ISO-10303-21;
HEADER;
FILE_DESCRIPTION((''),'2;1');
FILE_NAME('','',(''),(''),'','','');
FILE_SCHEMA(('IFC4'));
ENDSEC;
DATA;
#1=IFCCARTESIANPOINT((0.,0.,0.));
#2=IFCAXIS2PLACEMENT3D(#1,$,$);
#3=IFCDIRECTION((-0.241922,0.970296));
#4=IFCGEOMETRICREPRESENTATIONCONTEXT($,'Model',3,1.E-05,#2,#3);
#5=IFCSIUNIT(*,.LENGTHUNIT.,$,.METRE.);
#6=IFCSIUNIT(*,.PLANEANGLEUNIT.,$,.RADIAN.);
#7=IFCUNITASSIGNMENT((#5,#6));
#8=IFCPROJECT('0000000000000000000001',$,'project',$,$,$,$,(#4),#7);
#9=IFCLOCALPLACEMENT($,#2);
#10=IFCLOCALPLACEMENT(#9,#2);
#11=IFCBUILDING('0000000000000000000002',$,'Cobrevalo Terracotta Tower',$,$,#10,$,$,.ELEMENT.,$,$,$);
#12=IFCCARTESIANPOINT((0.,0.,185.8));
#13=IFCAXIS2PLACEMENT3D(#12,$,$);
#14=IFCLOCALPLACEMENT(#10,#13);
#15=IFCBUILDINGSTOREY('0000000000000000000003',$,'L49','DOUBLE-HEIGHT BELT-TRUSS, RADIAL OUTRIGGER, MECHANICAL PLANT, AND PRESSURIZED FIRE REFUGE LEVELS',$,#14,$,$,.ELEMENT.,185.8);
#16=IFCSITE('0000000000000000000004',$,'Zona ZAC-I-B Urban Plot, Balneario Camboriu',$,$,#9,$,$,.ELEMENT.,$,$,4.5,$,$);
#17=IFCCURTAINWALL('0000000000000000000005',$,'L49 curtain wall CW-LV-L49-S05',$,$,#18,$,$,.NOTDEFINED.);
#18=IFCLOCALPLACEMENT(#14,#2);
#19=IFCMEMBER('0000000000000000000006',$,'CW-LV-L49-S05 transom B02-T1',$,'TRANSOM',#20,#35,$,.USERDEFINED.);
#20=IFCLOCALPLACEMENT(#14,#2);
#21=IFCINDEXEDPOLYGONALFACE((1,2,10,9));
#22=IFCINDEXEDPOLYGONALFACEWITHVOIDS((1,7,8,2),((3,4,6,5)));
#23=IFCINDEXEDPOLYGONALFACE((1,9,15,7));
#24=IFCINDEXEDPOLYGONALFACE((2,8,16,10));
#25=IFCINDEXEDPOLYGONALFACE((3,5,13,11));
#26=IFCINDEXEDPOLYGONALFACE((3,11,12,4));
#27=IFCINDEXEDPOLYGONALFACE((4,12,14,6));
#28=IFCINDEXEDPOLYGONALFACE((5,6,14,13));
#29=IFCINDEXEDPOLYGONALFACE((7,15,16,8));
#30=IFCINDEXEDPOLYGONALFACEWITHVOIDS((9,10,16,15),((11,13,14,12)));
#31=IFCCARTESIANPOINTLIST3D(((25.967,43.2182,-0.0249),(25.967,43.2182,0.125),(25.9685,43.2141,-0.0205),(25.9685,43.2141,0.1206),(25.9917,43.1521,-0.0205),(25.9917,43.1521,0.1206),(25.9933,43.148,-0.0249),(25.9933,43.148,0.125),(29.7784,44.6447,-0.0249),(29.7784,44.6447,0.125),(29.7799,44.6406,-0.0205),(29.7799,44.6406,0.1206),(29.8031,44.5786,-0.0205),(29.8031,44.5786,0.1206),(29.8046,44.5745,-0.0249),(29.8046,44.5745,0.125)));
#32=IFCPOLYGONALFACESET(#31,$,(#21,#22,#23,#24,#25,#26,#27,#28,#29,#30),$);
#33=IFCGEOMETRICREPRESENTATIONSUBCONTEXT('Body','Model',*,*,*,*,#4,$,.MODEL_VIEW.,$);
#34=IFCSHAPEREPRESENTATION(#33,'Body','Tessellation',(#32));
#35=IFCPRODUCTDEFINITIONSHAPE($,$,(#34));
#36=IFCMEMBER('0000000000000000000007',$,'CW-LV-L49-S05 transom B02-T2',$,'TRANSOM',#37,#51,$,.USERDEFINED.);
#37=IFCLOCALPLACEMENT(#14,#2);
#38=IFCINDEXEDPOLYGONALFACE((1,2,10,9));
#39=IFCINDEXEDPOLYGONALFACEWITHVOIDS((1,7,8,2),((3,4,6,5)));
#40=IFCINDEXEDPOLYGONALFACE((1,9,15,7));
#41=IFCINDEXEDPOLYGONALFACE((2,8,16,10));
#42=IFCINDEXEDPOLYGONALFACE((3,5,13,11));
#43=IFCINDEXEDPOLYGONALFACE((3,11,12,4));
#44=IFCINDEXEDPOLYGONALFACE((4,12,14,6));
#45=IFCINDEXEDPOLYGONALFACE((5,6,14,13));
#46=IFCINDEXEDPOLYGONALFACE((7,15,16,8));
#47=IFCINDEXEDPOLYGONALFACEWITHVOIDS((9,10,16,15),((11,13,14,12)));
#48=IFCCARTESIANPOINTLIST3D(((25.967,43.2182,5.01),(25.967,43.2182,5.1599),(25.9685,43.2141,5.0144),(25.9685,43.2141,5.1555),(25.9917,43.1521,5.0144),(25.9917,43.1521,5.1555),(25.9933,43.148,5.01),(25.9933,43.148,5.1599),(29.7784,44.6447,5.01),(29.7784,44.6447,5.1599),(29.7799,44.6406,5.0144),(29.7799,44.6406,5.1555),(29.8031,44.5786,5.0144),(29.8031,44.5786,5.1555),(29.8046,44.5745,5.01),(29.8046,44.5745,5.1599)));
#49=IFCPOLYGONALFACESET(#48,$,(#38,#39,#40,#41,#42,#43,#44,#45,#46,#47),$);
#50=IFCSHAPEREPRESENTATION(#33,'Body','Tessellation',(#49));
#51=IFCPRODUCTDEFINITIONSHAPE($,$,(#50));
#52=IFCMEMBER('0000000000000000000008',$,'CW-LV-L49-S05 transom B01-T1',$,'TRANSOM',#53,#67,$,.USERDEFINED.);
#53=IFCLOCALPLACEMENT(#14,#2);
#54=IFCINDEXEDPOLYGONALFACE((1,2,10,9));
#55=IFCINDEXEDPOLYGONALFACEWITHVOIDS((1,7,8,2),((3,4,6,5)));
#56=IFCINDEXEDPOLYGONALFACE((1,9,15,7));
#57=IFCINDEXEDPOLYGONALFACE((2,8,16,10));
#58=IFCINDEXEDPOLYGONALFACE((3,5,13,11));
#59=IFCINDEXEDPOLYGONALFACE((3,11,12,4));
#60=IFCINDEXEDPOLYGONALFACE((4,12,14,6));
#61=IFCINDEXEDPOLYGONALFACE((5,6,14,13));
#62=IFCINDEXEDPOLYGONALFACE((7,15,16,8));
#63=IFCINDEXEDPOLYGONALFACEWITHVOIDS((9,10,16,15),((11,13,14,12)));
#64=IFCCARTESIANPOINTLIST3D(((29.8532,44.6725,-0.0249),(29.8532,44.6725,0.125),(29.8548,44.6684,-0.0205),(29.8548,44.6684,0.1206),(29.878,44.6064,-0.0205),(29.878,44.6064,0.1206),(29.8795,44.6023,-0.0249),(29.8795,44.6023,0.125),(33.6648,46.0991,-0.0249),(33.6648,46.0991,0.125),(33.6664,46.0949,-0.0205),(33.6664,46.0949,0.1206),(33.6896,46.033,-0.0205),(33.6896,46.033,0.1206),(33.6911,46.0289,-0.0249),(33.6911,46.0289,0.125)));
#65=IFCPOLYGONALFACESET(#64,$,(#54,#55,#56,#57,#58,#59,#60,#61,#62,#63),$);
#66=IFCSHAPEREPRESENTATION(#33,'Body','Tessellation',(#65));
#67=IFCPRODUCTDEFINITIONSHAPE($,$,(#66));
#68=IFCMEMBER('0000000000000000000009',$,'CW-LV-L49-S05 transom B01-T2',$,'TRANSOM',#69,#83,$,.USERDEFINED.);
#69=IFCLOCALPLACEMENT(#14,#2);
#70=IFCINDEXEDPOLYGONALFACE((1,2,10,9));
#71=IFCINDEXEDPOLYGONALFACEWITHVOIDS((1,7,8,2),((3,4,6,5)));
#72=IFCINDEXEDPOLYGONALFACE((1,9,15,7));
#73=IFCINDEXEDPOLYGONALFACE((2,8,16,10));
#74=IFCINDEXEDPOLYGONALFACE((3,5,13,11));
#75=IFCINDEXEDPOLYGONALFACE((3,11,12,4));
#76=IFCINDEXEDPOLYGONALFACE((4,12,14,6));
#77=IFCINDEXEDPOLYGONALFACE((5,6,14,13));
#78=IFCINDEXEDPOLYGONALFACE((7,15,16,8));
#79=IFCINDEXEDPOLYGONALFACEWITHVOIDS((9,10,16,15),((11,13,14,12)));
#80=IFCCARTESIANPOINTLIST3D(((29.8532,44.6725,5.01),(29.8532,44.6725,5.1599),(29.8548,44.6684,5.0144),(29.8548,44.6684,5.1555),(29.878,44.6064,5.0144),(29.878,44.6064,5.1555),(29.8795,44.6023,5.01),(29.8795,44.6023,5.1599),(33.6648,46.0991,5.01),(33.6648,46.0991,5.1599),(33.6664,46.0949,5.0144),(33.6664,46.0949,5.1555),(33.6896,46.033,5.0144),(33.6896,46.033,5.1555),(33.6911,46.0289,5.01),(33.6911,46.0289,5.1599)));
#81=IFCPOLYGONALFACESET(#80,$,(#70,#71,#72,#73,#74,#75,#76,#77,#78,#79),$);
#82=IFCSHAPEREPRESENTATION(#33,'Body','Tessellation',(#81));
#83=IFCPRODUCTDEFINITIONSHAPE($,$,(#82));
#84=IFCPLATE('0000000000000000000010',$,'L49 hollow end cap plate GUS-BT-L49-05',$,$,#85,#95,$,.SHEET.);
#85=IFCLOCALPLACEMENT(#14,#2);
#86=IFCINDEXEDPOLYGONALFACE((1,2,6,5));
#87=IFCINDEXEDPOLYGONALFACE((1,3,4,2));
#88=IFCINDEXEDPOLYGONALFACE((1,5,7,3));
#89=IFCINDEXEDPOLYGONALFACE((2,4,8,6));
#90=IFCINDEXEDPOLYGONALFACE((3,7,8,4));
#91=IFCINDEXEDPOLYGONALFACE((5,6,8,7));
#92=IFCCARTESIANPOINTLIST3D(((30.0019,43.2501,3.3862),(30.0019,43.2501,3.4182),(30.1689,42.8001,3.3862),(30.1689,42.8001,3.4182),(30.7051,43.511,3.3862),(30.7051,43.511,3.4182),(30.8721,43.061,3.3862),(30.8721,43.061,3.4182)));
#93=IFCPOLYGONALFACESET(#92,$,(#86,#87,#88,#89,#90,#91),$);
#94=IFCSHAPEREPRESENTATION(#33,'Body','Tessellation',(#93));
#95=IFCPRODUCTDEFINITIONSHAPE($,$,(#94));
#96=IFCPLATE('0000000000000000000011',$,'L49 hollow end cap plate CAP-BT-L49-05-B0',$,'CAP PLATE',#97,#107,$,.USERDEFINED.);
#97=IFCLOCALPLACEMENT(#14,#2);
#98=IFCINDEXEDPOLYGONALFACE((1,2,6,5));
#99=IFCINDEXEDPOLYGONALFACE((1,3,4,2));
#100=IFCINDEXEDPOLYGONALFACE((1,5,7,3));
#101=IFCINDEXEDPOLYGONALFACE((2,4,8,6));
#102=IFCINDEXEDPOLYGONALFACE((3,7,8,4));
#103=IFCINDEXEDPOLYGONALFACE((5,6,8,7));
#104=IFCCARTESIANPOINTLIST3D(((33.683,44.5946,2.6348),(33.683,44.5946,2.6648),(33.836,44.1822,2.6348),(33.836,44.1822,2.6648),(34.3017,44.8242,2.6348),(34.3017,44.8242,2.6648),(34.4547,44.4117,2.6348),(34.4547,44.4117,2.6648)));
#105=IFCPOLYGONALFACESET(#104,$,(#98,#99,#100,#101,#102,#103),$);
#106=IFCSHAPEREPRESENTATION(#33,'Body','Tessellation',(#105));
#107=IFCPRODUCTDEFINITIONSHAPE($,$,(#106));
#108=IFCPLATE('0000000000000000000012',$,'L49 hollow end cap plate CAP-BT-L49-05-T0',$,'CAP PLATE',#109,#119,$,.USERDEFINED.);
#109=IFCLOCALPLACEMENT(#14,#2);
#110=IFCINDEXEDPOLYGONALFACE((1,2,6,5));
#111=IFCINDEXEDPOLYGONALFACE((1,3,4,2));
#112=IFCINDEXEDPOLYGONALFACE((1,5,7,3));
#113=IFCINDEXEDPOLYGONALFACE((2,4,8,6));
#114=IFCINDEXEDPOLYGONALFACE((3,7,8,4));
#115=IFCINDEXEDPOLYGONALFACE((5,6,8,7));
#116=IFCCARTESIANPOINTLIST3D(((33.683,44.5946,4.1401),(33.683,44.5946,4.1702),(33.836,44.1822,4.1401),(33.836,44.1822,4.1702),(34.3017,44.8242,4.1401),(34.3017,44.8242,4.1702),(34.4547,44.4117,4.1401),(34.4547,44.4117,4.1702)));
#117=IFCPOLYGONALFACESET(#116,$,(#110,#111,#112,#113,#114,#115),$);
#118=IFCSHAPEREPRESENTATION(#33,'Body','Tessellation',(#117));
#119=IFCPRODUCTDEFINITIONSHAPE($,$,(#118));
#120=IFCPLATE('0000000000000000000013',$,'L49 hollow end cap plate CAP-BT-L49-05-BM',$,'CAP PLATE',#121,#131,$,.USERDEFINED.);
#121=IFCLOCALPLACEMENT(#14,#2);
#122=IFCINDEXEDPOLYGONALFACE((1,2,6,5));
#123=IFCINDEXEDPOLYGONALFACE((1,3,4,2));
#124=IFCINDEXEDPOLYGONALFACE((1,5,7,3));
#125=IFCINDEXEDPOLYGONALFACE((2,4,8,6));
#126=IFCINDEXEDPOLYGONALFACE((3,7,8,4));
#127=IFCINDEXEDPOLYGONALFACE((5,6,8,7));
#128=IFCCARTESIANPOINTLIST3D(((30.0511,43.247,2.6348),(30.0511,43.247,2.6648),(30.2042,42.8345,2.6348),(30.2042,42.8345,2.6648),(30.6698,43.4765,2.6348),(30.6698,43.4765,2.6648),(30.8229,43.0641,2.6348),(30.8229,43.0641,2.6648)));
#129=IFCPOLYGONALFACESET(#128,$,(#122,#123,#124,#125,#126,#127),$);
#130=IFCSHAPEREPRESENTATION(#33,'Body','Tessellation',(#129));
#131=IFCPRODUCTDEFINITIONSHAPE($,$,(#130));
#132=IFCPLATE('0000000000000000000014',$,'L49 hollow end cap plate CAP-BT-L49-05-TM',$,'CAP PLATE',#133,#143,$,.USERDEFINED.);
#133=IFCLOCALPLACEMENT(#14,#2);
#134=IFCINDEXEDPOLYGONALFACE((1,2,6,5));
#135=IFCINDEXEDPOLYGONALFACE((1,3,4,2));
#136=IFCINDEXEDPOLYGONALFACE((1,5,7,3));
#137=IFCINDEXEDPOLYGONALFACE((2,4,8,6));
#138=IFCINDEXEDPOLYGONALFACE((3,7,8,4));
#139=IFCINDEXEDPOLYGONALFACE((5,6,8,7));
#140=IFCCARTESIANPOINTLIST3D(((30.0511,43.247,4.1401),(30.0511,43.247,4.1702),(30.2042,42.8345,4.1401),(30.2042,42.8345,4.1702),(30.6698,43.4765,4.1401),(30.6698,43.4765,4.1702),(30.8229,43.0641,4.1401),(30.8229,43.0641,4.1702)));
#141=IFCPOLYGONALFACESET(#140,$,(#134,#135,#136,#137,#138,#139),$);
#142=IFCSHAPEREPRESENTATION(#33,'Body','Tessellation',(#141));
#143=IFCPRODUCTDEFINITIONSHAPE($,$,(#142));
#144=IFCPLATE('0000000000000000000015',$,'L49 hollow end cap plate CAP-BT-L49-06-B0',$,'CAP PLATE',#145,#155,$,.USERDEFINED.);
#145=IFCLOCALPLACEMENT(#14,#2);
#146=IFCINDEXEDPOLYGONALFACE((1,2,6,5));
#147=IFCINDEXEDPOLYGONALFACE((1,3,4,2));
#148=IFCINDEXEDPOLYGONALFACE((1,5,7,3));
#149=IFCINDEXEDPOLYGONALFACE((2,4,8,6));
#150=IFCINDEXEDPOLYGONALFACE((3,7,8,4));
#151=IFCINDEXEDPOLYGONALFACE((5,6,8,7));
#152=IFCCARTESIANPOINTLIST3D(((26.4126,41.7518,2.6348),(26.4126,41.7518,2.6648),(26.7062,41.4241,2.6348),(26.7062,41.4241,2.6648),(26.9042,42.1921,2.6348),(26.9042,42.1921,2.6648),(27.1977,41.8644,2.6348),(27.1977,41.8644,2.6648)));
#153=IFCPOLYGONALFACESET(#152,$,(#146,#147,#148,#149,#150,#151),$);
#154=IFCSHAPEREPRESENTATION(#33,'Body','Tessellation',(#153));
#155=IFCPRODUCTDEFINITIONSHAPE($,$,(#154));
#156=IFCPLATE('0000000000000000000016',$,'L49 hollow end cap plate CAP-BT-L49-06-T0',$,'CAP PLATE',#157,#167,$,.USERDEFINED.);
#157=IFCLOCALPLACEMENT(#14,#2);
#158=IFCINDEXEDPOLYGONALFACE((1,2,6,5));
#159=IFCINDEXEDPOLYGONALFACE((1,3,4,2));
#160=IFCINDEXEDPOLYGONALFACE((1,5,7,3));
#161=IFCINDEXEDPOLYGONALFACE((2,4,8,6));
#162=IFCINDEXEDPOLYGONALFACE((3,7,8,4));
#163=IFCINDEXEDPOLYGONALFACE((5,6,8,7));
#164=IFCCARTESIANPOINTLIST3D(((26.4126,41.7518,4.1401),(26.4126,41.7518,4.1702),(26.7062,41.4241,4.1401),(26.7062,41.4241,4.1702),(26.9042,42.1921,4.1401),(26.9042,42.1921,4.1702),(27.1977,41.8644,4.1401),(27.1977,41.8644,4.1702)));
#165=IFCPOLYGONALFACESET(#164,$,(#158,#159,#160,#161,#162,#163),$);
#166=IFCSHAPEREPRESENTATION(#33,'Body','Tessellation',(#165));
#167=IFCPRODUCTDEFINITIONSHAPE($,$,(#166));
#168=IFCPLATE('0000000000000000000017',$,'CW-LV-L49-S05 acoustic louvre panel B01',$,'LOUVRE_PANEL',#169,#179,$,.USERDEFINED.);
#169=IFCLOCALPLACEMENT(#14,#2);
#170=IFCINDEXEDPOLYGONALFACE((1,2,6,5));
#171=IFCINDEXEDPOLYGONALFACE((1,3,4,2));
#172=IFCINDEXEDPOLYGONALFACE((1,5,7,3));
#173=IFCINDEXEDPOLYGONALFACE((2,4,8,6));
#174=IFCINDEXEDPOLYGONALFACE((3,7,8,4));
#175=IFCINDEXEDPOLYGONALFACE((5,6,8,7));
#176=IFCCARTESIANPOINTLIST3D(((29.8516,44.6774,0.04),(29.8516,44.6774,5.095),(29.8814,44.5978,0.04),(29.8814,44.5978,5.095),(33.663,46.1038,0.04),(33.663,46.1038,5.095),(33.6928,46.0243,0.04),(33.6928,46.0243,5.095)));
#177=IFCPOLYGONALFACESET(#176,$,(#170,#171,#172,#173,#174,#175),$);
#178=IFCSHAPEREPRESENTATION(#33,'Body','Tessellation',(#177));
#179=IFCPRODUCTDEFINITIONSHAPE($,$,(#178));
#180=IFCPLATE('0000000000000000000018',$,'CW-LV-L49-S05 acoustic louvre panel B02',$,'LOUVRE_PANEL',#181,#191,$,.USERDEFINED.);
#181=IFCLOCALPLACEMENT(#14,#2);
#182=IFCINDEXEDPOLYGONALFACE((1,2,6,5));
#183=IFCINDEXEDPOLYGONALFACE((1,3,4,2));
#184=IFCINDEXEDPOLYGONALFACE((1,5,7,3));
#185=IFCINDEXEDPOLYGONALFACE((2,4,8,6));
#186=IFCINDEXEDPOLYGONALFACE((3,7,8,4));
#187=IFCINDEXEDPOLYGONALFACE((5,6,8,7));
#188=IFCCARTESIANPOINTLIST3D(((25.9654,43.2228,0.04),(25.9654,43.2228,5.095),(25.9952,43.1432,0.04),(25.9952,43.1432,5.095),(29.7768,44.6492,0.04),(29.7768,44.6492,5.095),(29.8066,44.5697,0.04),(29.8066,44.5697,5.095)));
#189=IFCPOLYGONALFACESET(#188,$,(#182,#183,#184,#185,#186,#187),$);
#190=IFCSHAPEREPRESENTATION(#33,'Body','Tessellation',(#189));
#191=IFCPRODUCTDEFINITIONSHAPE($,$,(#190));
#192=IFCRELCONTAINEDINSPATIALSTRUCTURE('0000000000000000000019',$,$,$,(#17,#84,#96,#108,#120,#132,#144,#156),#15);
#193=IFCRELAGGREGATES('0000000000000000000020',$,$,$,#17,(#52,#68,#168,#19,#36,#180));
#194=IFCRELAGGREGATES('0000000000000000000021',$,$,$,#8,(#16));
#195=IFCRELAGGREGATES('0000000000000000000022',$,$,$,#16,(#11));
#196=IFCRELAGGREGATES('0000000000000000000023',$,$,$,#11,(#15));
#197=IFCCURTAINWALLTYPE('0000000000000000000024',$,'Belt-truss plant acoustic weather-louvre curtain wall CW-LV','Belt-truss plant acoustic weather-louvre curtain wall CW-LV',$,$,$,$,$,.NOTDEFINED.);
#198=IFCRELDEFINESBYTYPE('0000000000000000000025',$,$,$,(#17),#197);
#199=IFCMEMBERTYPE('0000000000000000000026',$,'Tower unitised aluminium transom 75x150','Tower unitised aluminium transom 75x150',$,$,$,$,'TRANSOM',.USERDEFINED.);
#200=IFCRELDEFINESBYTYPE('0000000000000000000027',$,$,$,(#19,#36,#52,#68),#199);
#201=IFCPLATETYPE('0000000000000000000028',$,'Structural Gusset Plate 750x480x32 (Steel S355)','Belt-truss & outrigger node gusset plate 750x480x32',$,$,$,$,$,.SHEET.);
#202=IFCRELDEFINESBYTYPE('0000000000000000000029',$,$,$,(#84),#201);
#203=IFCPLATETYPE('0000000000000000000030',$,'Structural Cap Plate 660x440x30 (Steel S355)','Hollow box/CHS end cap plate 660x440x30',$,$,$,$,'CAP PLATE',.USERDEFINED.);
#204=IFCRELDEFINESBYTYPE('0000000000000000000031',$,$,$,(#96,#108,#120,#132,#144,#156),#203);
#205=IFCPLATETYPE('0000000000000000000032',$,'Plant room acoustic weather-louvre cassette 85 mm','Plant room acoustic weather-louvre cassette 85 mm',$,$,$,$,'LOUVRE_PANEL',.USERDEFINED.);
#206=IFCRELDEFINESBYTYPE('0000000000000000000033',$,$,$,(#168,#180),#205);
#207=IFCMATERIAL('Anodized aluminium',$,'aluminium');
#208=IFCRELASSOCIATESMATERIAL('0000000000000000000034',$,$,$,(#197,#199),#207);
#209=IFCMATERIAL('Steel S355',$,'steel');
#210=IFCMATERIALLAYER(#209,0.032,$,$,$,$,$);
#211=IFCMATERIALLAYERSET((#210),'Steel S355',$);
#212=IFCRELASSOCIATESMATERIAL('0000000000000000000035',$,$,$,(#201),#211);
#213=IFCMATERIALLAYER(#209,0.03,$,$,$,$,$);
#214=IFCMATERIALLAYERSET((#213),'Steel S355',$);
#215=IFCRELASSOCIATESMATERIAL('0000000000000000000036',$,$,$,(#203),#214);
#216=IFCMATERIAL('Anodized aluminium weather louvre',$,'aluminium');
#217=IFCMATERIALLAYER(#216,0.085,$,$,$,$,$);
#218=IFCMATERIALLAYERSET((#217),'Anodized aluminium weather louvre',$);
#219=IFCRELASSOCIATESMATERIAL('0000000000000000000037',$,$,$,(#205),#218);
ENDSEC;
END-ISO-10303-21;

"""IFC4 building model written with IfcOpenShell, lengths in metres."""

from ifc_helpers import new_model, si_unit, direction, frame, origin, origin_2d, place, context, subcontext, project, spatial, rectangle, hollow_rectangle, extrude, source, transform, mapped, material, layer, layer_set, material_profile, profile_set, type_object, element, aggregate, save


model = new_model("IFC4")

# Units and contexts
model_context = context("Model", 3, precision=1e-05, world=origin(), true_north=direction((-0.241922, 0.970296)))
body_context = subcontext(model_context, "Body", "Model", "MODEL_VIEW")
ifc_project = project(units=[si_unit("LENGTHUNIT", "METRE"), si_unit("PLANEANGLEUNIT", "RADIAN")], contexts=[model_context])

# Site, building, storey
site_placement = place(None, origin())
site = spatial("IfcSite", under=ifc_project, at=site_placement, Name="Zona ZAC-I-B Urban Plot, Balneario Camboriu", CompositionType="ELEMENT", RefElevation=4.5)
building_placement = place(site_placement, origin())
building = spatial("IfcBuilding", under=site, at=building_placement, Name="Cobrevalo Terracotta Tower", CompositionType="ELEMENT")
storey_placement = place(building_placement, frame((0.0, 0.0, 185.8)))
storey = spatial("IfcBuildingStorey", under=building, at=storey_placement, Name="L49", Description="DOUBLE-HEIGHT BELT-TRUSS, RADIAL OUTRIGGER, MECHANICAL PLANT, AND PRESSURIZED FIRE REFUGE LEVELS", CompositionType="ELEMENT", Elevation=185.8)

# Shared definitions
ifc_material_1 = material(Name="Steel S355", Category="steel")

# Shared definitions
ifc_material_2 = material(Name="Anodized aluminium", Category="aluminium")
curtain_wall_type = type_object("IfcCurtainWallType", Name="Belt-truss plant acoustic weather-louvre curtain wall CW-LV", Description="Belt-truss plant acoustic weather-louvre curtain wall CW-LV", PredefinedType="NOTDEFINED", material=ifc_material_2)

# Curtain wall, members
curtain_wall_1_placement = place(storey_placement, origin())
curtain_wall_1 = element("IfcCurtainWall", 1, at=curtain_wall_1_placement, inside=storey, type_object=curtain_wall_type, Name="L49 curtain wall CW-LV-L49-S05", PredefinedType="NOTDEFINED")
ifc_material_profile_1 = material_profile(ifc_material_2, hollow_rectangle(XDim=0.075, YDim=0.1499, WallThickness=0.0044, at=origin_2d()), Name="CWT 75x150")
ifc_profile_set_1 = profile_set([ifc_material_profile_1], Name="Anodized aluminium")
member_type_1 = type_object("IfcMemberType", Name="Tower unitised aluminium transom 75x150", Description="Tower unitised aluminium transom 75x150", ElementType="TRANSOM", PredefinedType="USERDEFINED", material=ifc_profile_set_1)
shared_shape_1 = source(origin(), body_context, "Body", "SweptSolid", [
    extrude(hollow_rectangle(XDim=0.075, YDim=0.1499, WallThickness=0.0044, at=origin_2d()), origin(), (0.0, 0.0, 1.0), 4.0696),
])
member_1_placement = place(storey_placement, frame((29.7915, 44.6096, 0.05), z_axis=(-0.936548, -0.350538, 0.0), x_axis=(0.350538, -0.936548, 0.0)))
member_1 = element("IfcMember", 2, at=member_1_placement, type_object=member_type_1, Name="CW-LV-L49-S05 transom B02-T1", ObjectType="TRANSOM", PredefinedType="USERDEFINED", context=body_context, shape_type="MappedRepresentation", body=[
    mapped(shared_shape_1, transform((0.0, 0.0, 0.0), scale=1.0)),
])
member_2_placement = place(storey_placement, frame((29.7915, 44.6096, 5.085), z_axis=(-0.936548, -0.350538, 0.0), x_axis=(0.350538, -0.936548, 0.0)))
member_2 = element("IfcMember", 3, at=member_2_placement, type_object=member_type_1, Name="CW-LV-L49-S05 transom B02-T2", ObjectType="TRANSOM", PredefinedType="USERDEFINED", context=body_context, shape_type="MappedRepresentation", body=[
    mapped(shared_shape_1, transform((0.0, 0.0, 0.0), scale=1.0)),
])
shared_shape_2 = source(origin(), body_context, "Body", "SweptSolid", [
    extrude(hollow_rectangle(XDim=0.075, YDim=0.1499, WallThickness=0.0044, at=origin_2d()), origin(), (0.0, 0.0, 1.0), 4.0698),
])
member_3_placement = place(storey_placement, frame((33.678, 46.064, 0.05), z_axis=(-0.936556, -0.350519, 0.0), x_axis=(0.350519, -0.936556, 0.0)))
member_3 = element("IfcMember", 4, at=member_3_placement, type_object=member_type_1, Name="CW-LV-L49-S05 transom B01-T1", ObjectType="TRANSOM", PredefinedType="USERDEFINED", context=body_context, shape_type="MappedRepresentation", body=[
    mapped(shared_shape_2, transform((0.0, 0.0, 0.0), scale=1.0)),
])
member_4_placement = place(storey_placement, frame((33.678, 46.064, 5.085), z_axis=(-0.936556, -0.350519, 0.0), x_axis=(0.350519, -0.936556, 0.0)))
member_4 = element("IfcMember", 5, at=member_4_placement, type_object=member_type_1, Name="CW-LV-L49-S05 transom B01-T2", ObjectType="TRANSOM", PredefinedType="USERDEFINED", context=body_context, shape_type="MappedRepresentation", body=[
    mapped(shared_shape_2, transform((0.0, 0.0, 0.0), scale=1.0)),
])

# Plates
ifc_layer_1 = layer(ifc_material_1, 0.032)
ifc_layer_set_1 = layer_set([ifc_layer_1], Name="Steel S355")
plate_type_1 = type_object("IfcPlateType", Name="Structural Gusset Plate 750x480x32 (Steel S355)", Description="Belt-truss & outrigger node gusset plate 750x480x32", PredefinedType="SHEET", material=ifc_layer_set_1)
shared_shape_3 = source(origin(), body_context, "Body", "SweptSolid", [
    extrude(rectangle(XDim=0.75, YDim=0.48, at=origin_2d()), origin(), (0.0, 0.0, 1.0), 0.032),
])
plate_1_placement = place(storey_placement, frame((30.437, 43.1555, 3.3862), z_axis=(0.0, 0.0, 1.0), x_axis=(-0.937543, -0.34787, 0.0)))
element("IfcPlate", 6, at=plate_1_placement, inside=storey, type_object=plate_type_1, Name="L49 hollow end cap plate GUS-BT-L49-05", PredefinedType="SHEET", context=body_context, shape_type="MappedRepresentation", body=[
    mapped(shared_shape_3, transform((0.0, 0.0, 0.0), scale=1.0)),
])
ifc_layer_2 = layer(ifc_material_1, 0.03)
ifc_layer_set_2 = layer_set([ifc_layer_2], Name="Steel S355")
plate_type_2 = type_object("IfcPlateType", Name="Structural Cap Plate 660x440x30 (Steel S355)", Description="Hollow box/CHS end cap plate 660x440x30", ElementType="CAP PLATE", PredefinedType="USERDEFINED", material=ifc_layer_set_2)
shared_shape_4 = source(origin(), body_context, "Body", "SweptSolid", [
    extrude(rectangle(XDim=0.6599, YDim=0.4399, at=origin_2d()), origin(), (0.0, 0.0, 1.0), 0.03),
])
for number, where, z_axis, x_axis, name in (
    (7, (34.0688, 44.5032, 2.6348), (0.0, 0.0, 1.0), (-0.937543, -0.34787, 0.0), "L49 hollow end cap plate CAP-BT-L49-05-B0"),
    (8, (34.0688, 44.5032, 4.1401), (0.0, 0.0, 1.0), (-0.937543, -0.34787, 0.0), "L49 hollow end cap plate CAP-BT-L49-05-T0"),
    (9, (30.437, 43.1555, 2.6348), (0.0, 0.0, 1.0), (-0.937543, -0.34787, 0.0), "L49 hollow end cap plate CAP-BT-L49-05-BM"),
    (10, (30.437, 43.1555, 4.1401), (0.0, 0.0, 1.0), (-0.937543, -0.34787, 0.0), "L49 hollow end cap plate CAP-BT-L49-05-TM"),
    (11, (26.8052, 41.8081, 2.6348), (0.0, 0.0, 1.0), (-0.744854, -0.667227, 0.0), "L49 hollow end cap plate CAP-BT-L49-06-B0"),
    (12, (26.8052, 41.8081, 4.1401), (0.0, 0.0, 1.0), (-0.744854, -0.667227, 0.0), "L49 hollow end cap plate CAP-BT-L49-06-T0"),
):
    element("IfcPlate", number, at=place(storey_placement, frame(where, z_axis=z_axis, x_axis=x_axis)), inside=storey, type_object=plate_type_2, Name=name, ObjectType="CAP PLATE", PredefinedType="USERDEFINED", context=body_context, shape_type="MappedRepresentation", body=[
        mapped(shared_shape_4, transform((0.0, 0.0, 0.0), scale=1.0)),
    ])

# Plates
ifc_material_3 = material(Name="Anodized aluminium weather louvre", Category="aluminium")
ifc_layer_3 = layer(ifc_material_3, 0.085)
ifc_layer_set_3 = layer_set([ifc_layer_3], Name="Anodized aluminium weather louvre")
plate_type_3 = type_object("IfcPlateType", Name="Plant room acoustic weather-louvre cassette 85 mm", Description="Plant room acoustic weather-louvre cassette 85 mm", ElementType="LOUVRE_PANEL", PredefinedType="USERDEFINED", material=ifc_layer_set_3)
shared_shape_5 = source(origin(), body_context, "Body", "SweptSolid", [
    extrude(rectangle(XDim=4.0696, YDim=0.085, at=origin_2d()), origin(), (0.0, 0.0, 1.0), 5.0549),
])
plate_2_placement = place(storey_placement, frame((31.7722, 45.3508, 0.04), z_axis=(0.0, 0.0, 1.0), x_axis=(-0.936558, -0.350513, 0.0)))
plate_2 = element("IfcPlate", 13, at=plate_2_placement, type_object=plate_type_3, Name="CW-LV-L49-S05 acoustic louvre panel B01", ObjectType="LOUVRE_PANEL", PredefinedType="USERDEFINED", context=body_context, shape_type="MappedRepresentation", body=[
    mapped(shared_shape_5, transform((0.0, 0.0, 0.0), scale=1.0)),
])
plate_3_placement = place(storey_placement, frame((27.886, 43.8962, 0.04), z_axis=(0.0, 0.0, 1.0), x_axis=(-0.936558, -0.350513, 0.0)))
plate_3 = element("IfcPlate", 14, at=plate_3_placement, type_object=plate_type_3, Name="CW-LV-L49-S05 acoustic louvre panel B02", ObjectType="LOUVRE_PANEL", PredefinedType="USERDEFINED", context=body_context, shape_type="MappedRepresentation", body=[
    mapped(shared_shape_5, transform((0.0, 0.0, 0.0), scale=1.0)),
])
aggregate(curtain_wall_1, [member_3, member_4, plate_2, member_1, member_2, plate_3])

save(model, "model.ifc")
